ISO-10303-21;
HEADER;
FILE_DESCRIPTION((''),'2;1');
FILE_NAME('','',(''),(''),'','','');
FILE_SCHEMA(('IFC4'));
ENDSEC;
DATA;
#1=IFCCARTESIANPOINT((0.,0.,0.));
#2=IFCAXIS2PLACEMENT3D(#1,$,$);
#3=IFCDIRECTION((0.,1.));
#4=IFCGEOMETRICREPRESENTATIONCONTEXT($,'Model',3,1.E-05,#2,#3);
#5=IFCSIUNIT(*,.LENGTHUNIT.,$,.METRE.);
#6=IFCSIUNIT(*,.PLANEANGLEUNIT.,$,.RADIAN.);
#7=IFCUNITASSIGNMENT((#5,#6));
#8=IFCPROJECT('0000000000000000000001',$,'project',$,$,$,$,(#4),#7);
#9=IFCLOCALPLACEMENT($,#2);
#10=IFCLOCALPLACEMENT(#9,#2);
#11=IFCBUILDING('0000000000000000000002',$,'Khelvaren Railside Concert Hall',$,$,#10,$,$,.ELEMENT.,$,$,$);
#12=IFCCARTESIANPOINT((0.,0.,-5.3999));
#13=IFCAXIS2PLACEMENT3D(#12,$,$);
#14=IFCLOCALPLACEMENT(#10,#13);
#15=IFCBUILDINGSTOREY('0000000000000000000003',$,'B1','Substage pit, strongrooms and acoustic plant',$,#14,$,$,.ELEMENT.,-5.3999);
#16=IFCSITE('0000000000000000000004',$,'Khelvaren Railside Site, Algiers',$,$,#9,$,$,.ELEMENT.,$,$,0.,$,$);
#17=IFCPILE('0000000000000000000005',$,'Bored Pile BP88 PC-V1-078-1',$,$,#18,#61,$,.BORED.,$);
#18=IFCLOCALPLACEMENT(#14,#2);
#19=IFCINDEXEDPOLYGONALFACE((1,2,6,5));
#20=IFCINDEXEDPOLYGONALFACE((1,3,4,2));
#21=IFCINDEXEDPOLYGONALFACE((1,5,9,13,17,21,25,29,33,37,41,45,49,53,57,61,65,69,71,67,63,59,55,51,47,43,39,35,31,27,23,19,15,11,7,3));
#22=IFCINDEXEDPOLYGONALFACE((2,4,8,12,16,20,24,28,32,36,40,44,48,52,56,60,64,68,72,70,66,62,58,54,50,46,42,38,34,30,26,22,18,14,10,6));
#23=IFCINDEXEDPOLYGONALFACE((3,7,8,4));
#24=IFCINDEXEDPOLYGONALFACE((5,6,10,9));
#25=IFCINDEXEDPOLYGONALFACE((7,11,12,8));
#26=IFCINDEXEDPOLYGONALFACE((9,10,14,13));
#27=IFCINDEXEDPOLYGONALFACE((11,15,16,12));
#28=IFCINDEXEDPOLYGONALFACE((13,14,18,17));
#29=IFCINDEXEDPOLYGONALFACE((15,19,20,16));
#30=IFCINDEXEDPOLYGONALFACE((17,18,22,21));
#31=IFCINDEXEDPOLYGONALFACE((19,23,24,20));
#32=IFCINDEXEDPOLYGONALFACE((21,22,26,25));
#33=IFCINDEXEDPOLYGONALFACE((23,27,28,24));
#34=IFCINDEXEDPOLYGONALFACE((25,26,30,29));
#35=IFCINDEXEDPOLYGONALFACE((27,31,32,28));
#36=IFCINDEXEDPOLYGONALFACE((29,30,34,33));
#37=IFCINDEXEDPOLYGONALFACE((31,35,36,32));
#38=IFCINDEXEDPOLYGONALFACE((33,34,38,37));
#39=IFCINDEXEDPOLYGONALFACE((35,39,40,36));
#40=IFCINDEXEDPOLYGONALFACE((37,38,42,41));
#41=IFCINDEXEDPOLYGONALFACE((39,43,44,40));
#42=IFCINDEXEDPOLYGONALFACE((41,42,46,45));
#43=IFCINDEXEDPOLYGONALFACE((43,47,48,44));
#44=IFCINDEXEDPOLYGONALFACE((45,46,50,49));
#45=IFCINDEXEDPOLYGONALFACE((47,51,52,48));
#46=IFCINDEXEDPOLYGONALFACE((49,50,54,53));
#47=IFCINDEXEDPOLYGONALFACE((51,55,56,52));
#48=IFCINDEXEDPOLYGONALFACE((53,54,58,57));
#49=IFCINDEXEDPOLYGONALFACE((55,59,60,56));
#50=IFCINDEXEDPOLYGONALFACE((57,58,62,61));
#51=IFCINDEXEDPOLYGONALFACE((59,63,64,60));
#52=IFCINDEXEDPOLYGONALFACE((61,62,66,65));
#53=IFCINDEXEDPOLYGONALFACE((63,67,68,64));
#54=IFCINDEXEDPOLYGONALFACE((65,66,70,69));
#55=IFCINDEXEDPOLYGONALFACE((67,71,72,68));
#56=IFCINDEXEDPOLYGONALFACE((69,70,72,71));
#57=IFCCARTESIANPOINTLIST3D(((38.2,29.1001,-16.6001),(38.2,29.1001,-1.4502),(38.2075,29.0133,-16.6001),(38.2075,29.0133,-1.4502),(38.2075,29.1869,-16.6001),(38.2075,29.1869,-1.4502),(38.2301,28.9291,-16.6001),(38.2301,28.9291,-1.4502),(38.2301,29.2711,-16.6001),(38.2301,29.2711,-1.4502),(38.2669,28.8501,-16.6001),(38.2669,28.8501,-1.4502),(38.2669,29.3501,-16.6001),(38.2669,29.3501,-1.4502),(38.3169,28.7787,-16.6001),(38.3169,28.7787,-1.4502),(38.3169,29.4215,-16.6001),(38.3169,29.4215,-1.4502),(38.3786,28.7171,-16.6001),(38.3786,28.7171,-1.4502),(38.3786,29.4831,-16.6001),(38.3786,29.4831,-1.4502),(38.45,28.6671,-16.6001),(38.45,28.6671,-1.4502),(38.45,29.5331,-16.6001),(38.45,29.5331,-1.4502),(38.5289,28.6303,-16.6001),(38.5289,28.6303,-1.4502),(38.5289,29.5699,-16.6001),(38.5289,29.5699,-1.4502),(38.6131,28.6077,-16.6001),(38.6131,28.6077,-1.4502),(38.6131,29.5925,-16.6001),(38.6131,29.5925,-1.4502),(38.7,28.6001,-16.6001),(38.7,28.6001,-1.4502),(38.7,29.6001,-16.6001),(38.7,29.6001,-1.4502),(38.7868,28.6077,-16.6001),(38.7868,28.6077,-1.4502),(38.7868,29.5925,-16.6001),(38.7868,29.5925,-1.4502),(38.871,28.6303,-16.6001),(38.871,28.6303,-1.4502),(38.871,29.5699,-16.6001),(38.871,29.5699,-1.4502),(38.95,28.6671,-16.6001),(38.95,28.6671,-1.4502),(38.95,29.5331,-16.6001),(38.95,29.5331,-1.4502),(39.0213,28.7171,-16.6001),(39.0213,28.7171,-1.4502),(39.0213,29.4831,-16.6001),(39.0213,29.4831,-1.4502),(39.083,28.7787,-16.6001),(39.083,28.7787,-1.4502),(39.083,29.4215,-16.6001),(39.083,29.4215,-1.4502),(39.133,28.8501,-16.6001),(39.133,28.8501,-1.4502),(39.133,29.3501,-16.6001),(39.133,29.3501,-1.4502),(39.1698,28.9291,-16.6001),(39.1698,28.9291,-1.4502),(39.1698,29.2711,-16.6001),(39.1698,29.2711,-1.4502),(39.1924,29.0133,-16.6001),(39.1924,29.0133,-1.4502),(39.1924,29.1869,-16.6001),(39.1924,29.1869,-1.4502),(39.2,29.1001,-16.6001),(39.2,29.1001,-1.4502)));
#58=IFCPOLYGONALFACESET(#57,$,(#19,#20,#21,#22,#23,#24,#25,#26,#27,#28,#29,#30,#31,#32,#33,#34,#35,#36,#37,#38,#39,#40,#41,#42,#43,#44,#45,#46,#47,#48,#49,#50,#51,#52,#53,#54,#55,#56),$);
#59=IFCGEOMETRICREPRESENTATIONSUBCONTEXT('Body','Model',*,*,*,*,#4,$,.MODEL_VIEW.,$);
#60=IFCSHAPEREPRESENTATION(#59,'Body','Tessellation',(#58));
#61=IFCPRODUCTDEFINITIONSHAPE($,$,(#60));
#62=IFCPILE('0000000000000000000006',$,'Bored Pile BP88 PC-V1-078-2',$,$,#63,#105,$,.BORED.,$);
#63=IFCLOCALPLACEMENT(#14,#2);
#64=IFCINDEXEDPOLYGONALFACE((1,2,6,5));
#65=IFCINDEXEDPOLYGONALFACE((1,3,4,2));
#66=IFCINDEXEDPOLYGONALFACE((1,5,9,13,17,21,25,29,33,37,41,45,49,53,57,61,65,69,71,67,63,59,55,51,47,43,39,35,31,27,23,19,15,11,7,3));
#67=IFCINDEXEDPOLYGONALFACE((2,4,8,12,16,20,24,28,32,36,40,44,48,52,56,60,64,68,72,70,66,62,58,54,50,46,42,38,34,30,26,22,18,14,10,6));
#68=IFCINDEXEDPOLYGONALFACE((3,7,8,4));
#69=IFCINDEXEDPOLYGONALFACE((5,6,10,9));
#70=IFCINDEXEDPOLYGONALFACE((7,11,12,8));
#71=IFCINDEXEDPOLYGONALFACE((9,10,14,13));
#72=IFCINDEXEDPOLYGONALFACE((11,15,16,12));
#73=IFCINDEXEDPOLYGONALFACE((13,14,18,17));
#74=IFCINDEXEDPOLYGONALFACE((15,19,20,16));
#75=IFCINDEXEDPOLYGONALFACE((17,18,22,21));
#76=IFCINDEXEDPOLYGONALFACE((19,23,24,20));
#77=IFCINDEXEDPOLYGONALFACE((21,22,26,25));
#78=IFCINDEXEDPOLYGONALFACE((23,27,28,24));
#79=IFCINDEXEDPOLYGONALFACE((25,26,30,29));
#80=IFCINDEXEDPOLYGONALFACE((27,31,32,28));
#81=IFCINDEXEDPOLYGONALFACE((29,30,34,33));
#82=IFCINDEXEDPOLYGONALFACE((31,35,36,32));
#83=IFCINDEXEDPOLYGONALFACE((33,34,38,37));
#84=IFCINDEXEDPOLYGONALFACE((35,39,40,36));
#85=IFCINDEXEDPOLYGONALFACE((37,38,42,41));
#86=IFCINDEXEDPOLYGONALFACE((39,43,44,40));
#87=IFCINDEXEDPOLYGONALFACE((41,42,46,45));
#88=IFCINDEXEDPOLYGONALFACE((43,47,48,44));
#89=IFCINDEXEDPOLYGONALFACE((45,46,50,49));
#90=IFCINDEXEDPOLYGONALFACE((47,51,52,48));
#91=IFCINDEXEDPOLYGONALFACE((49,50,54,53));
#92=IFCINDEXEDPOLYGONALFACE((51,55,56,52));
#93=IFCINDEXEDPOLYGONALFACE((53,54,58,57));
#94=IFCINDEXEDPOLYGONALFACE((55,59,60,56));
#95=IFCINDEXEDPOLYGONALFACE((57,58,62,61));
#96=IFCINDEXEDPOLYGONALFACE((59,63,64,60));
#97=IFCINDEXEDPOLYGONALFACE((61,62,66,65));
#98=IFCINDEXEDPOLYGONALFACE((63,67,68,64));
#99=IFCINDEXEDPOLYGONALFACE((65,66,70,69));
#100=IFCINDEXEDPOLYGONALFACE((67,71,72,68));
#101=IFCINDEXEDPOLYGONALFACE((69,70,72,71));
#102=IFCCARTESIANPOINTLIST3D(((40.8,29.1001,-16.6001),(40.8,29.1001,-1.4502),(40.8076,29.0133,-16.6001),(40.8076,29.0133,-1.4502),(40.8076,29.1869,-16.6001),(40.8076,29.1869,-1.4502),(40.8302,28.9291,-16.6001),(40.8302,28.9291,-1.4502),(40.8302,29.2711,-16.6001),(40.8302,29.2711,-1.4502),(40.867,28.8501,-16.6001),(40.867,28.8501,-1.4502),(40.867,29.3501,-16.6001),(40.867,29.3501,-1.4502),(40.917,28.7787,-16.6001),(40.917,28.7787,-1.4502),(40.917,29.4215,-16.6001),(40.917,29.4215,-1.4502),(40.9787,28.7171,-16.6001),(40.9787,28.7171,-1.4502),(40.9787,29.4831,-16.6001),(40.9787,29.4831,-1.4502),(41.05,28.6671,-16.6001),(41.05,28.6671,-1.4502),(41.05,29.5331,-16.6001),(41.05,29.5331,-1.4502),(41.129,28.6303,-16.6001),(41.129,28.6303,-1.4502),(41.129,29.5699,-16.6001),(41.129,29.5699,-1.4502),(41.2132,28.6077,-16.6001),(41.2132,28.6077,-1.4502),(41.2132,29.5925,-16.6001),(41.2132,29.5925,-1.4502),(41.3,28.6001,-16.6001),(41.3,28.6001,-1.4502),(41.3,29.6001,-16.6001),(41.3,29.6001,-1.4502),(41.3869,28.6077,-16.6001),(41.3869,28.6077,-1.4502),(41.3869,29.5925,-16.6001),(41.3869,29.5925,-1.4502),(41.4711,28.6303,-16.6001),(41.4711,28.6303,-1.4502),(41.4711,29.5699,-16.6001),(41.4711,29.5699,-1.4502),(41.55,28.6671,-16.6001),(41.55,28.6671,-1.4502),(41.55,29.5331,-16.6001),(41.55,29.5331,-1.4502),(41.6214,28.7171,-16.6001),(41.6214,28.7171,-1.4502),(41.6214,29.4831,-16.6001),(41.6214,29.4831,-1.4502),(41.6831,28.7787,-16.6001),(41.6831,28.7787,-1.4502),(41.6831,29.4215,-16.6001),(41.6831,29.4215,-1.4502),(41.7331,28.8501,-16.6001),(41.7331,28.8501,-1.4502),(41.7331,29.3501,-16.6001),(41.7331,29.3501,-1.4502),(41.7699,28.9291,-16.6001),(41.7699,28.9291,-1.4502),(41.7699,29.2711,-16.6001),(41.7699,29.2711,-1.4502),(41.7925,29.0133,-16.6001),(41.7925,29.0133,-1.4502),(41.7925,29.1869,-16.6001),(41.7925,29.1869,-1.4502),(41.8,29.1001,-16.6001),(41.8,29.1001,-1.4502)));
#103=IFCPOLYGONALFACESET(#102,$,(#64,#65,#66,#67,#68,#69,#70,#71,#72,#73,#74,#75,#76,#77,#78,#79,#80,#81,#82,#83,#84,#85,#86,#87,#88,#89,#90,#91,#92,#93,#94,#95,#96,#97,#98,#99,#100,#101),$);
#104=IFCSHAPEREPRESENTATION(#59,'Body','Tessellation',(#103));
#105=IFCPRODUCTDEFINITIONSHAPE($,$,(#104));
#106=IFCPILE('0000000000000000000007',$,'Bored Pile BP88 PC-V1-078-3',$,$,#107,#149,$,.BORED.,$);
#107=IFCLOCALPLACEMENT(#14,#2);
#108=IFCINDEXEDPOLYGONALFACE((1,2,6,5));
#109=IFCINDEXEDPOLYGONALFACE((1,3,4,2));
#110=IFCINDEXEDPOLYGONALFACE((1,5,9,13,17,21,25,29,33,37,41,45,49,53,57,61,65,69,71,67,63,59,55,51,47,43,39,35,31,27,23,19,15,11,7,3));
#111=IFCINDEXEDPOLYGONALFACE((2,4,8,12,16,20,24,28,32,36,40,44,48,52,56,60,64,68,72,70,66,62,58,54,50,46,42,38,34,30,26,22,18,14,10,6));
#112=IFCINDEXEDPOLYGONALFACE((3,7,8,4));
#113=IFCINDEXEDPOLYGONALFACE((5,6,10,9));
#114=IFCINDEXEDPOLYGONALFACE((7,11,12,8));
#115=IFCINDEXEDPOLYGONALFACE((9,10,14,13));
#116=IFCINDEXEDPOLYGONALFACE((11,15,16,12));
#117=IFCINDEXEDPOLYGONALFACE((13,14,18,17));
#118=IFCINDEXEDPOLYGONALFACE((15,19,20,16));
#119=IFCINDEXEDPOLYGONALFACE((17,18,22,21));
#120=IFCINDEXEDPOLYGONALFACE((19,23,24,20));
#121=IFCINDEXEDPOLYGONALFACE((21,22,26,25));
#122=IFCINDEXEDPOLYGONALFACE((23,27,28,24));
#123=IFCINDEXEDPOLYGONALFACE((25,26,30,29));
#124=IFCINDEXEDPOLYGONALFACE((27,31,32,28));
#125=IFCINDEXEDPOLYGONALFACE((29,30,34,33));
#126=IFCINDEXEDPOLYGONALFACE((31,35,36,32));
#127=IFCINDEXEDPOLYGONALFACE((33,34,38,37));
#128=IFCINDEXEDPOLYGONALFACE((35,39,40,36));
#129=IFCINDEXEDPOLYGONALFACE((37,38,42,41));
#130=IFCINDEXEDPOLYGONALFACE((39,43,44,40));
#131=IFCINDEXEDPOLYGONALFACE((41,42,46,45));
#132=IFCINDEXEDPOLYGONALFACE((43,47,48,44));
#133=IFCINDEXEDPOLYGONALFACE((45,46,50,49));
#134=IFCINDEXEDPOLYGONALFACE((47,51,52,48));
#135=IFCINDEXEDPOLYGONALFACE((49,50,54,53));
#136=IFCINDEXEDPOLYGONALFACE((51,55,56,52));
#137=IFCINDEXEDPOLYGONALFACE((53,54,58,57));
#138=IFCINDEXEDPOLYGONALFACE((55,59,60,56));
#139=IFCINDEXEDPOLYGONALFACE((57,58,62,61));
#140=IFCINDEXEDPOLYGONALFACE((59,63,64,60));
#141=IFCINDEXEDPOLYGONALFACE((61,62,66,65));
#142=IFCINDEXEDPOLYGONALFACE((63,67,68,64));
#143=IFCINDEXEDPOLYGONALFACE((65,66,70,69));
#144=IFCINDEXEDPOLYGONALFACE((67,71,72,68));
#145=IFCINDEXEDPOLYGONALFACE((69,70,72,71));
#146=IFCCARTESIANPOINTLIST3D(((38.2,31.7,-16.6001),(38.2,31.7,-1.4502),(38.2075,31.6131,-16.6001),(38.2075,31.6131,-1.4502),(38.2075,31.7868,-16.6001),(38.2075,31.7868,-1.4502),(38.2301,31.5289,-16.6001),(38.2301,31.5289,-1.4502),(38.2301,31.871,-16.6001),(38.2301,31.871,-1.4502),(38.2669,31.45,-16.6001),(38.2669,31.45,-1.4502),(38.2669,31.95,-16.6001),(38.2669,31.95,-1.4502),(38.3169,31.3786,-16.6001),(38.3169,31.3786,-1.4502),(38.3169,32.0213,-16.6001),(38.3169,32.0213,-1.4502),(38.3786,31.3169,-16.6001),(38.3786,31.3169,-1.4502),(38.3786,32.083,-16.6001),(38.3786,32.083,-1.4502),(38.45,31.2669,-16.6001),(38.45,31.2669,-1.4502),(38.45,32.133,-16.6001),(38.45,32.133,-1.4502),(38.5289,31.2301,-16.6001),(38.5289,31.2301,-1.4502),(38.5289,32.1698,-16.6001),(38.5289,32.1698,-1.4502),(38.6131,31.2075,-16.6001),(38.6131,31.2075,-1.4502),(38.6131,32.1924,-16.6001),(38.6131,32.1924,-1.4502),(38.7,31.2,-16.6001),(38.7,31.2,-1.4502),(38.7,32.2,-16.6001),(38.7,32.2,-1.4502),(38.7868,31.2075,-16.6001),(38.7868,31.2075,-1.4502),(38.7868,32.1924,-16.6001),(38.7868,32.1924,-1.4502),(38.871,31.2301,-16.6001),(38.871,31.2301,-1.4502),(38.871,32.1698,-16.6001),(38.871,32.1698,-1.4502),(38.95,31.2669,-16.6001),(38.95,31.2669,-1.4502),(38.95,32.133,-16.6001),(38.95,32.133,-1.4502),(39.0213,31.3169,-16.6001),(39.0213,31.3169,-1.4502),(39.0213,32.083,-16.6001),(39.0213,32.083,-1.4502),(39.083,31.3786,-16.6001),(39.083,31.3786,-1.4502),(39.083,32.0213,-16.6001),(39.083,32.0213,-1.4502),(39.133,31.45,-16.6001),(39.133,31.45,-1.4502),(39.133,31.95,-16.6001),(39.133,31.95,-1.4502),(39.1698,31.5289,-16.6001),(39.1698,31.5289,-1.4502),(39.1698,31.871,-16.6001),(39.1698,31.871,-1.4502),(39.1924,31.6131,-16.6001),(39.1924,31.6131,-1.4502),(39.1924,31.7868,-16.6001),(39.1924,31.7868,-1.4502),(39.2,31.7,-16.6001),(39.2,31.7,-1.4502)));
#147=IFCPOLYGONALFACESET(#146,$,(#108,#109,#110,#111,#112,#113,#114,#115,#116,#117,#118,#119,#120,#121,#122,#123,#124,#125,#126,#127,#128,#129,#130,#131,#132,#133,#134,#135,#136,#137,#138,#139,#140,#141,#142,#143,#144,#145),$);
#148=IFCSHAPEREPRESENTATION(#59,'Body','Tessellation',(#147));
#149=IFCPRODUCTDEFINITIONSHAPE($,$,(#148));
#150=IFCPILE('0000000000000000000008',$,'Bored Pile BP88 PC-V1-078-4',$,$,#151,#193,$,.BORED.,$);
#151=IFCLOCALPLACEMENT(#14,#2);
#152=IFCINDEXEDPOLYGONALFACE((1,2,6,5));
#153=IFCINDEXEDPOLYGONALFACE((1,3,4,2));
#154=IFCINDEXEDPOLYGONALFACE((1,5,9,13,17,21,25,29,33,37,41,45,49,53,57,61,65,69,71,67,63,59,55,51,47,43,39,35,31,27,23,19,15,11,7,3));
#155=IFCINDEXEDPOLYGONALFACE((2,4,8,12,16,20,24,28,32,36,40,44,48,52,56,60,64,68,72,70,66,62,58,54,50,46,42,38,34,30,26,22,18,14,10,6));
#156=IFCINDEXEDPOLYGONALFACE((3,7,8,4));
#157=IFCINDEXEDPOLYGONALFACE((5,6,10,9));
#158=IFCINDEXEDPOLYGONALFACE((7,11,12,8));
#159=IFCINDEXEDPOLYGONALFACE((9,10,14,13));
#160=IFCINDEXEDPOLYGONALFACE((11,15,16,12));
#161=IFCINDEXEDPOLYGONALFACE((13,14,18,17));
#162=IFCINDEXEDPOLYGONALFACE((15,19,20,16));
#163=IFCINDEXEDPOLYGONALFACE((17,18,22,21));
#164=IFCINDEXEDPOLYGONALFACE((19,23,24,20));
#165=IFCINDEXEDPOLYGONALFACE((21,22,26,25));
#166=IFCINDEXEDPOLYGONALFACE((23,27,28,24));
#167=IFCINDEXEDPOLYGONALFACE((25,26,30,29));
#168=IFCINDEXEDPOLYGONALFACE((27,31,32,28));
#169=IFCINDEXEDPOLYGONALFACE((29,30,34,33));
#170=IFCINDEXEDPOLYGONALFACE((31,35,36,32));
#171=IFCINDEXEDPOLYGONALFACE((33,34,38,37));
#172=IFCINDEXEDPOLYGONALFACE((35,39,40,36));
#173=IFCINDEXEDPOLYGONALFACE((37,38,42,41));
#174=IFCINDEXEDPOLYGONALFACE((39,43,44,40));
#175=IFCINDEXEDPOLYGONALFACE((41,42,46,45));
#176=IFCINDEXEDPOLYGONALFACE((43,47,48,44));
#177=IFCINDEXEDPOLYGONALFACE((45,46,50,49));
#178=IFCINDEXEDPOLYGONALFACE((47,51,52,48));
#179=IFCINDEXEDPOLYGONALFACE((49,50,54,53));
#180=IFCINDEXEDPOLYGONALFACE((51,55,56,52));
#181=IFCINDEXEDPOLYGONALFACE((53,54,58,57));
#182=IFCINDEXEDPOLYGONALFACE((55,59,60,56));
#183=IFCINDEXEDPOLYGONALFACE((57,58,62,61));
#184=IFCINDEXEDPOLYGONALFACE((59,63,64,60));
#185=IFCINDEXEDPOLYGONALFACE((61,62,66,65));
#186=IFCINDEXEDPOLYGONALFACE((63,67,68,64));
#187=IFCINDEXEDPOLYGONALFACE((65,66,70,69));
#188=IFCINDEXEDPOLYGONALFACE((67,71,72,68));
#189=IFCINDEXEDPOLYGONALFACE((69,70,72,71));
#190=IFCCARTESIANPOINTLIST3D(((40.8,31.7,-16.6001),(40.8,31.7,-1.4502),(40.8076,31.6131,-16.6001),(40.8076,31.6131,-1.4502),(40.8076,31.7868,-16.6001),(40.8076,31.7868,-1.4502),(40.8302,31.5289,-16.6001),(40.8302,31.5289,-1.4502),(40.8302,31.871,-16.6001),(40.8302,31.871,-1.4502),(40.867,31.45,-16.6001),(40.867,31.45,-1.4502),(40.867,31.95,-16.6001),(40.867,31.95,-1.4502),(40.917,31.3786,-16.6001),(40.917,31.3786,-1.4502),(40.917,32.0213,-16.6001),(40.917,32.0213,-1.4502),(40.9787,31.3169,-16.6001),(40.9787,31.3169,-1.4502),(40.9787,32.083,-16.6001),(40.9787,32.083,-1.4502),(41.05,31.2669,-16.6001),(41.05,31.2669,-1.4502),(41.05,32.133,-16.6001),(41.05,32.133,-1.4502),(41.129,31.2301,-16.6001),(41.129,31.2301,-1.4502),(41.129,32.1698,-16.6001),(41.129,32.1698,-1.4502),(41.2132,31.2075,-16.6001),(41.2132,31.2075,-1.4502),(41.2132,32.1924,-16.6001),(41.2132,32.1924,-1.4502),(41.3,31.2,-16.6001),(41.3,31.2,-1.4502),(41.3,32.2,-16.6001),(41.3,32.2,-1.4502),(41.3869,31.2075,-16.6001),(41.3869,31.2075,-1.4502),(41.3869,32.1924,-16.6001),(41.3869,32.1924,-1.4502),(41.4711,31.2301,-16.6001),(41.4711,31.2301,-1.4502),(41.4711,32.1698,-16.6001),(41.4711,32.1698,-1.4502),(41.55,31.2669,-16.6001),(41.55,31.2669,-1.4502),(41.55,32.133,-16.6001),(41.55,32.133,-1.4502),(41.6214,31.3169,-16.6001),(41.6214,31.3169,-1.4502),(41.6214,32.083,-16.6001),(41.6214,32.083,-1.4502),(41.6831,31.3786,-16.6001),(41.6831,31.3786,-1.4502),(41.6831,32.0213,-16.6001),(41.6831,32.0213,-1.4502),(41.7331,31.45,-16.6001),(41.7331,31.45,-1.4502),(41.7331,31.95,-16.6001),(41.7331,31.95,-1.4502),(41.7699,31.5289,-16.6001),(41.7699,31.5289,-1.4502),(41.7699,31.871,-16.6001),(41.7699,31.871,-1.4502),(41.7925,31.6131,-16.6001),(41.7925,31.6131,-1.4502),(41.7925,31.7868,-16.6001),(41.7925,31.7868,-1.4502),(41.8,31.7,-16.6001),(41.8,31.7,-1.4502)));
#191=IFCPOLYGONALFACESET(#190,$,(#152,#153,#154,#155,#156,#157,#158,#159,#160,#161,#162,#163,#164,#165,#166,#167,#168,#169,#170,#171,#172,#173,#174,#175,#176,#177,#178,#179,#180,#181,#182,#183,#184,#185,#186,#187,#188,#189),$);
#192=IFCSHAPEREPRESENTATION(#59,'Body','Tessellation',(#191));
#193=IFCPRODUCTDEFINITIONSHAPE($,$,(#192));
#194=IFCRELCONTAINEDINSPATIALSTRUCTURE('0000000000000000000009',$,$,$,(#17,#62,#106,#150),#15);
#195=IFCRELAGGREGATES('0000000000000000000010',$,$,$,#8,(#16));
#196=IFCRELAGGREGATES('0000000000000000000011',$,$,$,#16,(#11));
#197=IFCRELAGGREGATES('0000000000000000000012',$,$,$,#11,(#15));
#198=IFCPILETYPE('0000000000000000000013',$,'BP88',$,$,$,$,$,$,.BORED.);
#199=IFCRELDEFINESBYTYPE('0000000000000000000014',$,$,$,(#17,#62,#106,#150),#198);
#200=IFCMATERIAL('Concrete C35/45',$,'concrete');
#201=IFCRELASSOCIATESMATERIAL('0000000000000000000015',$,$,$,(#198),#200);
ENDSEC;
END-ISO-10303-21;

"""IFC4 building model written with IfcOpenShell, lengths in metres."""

from ifc_helpers import new_model, si_unit, direction, frame, origin, origin_2d, place, context, subcontext, project, spatial, circle, extrude, material, material_profile, profile_set, type_object, element, save


model = new_model("IFC4")

# Units and contexts
model_context = context("Model", 3, precision=1e-05, world=origin(), true_north=direction((0.0, 1.0)))
body_context = subcontext(model_context, "Body", "Model", "MODEL_VIEW")
ifc_project = project(units=[si_unit("LENGTHUNIT", "METRE"), si_unit("PLANEANGLEUNIT", "RADIAN")], contexts=[model_context])

# Site, building, storey
site_placement = place(None, origin())
site = spatial("IfcSite", under=ifc_project, at=site_placement, Name="Khelvaren Railside Site, Algiers", CompositionType="ELEMENT", RefElevation=0.0)
building_placement = place(site_placement, origin())
building = spatial("IfcBuilding", under=site, at=building_placement, Name="Khelvaren Railside Concert Hall", CompositionType="ELEMENT")
storey_placement = place(building_placement, frame((0.0, 0.0, -5.3999)))
storey = spatial("IfcBuildingStorey", under=building, at=storey_placement, Name="B1", Description="Substage pit, strongrooms and acoustic plant", CompositionType="ELEMENT", Elevation=-5.3999)

# Piles
ifc_material_1 = material(Name="Concrete C35/45", Category="concrete")
ifc_material_profile_1 = material_profile(ifc_material_1, circle(Radius=0.5, at=origin_2d()), Name="BP D1000")
ifc_profile_set_1 = profile_set([ifc_material_profile_1], Name="Concrete C35/45")
pile_type_1 = type_object("IfcPileType", Name="BP88", PredefinedType="BORED", material=ifc_profile_set_1)
for number, where, z_axis, x_axis, name in (
    (1, (38.7, 29.1001, -1.4502), (0.0, 0.0, -1.0), (1.0, 0.0, 0.0), "Bored Pile BP88 PC-V1-078-1"),
    (2, (41.3, 29.1001, -1.4502), (0.0, 0.0, -1.0), (1.0, 0.0, 0.0), "Bored Pile BP88 PC-V1-078-2"),
    (3, (38.7, 31.7, -1.4502), (0.0, 0.0, -1.0), (1.0, 0.0, 0.0), "Bored Pile BP88 PC-V1-078-3"),
    (4, (41.3, 31.7, -1.4502), (0.0, 0.0, -1.0), (1.0, 0.0, 0.0), "Bored Pile BP88 PC-V1-078-4"),
):
    element("IfcPile", number, at=place(storey_placement, frame(where, z_axis=z_axis, x_axis=x_axis)), inside=storey, type_object=pile_type_1, Name=name, PredefinedType="BORED", context=body_context, shape_type="SweptSolid", body=[
        extrude(circle(Radius=0.5, at=origin_2d()), origin(), (0.0, 0.0, 1.0), 15.1499),
    ])

save(model, "model.ifc")
